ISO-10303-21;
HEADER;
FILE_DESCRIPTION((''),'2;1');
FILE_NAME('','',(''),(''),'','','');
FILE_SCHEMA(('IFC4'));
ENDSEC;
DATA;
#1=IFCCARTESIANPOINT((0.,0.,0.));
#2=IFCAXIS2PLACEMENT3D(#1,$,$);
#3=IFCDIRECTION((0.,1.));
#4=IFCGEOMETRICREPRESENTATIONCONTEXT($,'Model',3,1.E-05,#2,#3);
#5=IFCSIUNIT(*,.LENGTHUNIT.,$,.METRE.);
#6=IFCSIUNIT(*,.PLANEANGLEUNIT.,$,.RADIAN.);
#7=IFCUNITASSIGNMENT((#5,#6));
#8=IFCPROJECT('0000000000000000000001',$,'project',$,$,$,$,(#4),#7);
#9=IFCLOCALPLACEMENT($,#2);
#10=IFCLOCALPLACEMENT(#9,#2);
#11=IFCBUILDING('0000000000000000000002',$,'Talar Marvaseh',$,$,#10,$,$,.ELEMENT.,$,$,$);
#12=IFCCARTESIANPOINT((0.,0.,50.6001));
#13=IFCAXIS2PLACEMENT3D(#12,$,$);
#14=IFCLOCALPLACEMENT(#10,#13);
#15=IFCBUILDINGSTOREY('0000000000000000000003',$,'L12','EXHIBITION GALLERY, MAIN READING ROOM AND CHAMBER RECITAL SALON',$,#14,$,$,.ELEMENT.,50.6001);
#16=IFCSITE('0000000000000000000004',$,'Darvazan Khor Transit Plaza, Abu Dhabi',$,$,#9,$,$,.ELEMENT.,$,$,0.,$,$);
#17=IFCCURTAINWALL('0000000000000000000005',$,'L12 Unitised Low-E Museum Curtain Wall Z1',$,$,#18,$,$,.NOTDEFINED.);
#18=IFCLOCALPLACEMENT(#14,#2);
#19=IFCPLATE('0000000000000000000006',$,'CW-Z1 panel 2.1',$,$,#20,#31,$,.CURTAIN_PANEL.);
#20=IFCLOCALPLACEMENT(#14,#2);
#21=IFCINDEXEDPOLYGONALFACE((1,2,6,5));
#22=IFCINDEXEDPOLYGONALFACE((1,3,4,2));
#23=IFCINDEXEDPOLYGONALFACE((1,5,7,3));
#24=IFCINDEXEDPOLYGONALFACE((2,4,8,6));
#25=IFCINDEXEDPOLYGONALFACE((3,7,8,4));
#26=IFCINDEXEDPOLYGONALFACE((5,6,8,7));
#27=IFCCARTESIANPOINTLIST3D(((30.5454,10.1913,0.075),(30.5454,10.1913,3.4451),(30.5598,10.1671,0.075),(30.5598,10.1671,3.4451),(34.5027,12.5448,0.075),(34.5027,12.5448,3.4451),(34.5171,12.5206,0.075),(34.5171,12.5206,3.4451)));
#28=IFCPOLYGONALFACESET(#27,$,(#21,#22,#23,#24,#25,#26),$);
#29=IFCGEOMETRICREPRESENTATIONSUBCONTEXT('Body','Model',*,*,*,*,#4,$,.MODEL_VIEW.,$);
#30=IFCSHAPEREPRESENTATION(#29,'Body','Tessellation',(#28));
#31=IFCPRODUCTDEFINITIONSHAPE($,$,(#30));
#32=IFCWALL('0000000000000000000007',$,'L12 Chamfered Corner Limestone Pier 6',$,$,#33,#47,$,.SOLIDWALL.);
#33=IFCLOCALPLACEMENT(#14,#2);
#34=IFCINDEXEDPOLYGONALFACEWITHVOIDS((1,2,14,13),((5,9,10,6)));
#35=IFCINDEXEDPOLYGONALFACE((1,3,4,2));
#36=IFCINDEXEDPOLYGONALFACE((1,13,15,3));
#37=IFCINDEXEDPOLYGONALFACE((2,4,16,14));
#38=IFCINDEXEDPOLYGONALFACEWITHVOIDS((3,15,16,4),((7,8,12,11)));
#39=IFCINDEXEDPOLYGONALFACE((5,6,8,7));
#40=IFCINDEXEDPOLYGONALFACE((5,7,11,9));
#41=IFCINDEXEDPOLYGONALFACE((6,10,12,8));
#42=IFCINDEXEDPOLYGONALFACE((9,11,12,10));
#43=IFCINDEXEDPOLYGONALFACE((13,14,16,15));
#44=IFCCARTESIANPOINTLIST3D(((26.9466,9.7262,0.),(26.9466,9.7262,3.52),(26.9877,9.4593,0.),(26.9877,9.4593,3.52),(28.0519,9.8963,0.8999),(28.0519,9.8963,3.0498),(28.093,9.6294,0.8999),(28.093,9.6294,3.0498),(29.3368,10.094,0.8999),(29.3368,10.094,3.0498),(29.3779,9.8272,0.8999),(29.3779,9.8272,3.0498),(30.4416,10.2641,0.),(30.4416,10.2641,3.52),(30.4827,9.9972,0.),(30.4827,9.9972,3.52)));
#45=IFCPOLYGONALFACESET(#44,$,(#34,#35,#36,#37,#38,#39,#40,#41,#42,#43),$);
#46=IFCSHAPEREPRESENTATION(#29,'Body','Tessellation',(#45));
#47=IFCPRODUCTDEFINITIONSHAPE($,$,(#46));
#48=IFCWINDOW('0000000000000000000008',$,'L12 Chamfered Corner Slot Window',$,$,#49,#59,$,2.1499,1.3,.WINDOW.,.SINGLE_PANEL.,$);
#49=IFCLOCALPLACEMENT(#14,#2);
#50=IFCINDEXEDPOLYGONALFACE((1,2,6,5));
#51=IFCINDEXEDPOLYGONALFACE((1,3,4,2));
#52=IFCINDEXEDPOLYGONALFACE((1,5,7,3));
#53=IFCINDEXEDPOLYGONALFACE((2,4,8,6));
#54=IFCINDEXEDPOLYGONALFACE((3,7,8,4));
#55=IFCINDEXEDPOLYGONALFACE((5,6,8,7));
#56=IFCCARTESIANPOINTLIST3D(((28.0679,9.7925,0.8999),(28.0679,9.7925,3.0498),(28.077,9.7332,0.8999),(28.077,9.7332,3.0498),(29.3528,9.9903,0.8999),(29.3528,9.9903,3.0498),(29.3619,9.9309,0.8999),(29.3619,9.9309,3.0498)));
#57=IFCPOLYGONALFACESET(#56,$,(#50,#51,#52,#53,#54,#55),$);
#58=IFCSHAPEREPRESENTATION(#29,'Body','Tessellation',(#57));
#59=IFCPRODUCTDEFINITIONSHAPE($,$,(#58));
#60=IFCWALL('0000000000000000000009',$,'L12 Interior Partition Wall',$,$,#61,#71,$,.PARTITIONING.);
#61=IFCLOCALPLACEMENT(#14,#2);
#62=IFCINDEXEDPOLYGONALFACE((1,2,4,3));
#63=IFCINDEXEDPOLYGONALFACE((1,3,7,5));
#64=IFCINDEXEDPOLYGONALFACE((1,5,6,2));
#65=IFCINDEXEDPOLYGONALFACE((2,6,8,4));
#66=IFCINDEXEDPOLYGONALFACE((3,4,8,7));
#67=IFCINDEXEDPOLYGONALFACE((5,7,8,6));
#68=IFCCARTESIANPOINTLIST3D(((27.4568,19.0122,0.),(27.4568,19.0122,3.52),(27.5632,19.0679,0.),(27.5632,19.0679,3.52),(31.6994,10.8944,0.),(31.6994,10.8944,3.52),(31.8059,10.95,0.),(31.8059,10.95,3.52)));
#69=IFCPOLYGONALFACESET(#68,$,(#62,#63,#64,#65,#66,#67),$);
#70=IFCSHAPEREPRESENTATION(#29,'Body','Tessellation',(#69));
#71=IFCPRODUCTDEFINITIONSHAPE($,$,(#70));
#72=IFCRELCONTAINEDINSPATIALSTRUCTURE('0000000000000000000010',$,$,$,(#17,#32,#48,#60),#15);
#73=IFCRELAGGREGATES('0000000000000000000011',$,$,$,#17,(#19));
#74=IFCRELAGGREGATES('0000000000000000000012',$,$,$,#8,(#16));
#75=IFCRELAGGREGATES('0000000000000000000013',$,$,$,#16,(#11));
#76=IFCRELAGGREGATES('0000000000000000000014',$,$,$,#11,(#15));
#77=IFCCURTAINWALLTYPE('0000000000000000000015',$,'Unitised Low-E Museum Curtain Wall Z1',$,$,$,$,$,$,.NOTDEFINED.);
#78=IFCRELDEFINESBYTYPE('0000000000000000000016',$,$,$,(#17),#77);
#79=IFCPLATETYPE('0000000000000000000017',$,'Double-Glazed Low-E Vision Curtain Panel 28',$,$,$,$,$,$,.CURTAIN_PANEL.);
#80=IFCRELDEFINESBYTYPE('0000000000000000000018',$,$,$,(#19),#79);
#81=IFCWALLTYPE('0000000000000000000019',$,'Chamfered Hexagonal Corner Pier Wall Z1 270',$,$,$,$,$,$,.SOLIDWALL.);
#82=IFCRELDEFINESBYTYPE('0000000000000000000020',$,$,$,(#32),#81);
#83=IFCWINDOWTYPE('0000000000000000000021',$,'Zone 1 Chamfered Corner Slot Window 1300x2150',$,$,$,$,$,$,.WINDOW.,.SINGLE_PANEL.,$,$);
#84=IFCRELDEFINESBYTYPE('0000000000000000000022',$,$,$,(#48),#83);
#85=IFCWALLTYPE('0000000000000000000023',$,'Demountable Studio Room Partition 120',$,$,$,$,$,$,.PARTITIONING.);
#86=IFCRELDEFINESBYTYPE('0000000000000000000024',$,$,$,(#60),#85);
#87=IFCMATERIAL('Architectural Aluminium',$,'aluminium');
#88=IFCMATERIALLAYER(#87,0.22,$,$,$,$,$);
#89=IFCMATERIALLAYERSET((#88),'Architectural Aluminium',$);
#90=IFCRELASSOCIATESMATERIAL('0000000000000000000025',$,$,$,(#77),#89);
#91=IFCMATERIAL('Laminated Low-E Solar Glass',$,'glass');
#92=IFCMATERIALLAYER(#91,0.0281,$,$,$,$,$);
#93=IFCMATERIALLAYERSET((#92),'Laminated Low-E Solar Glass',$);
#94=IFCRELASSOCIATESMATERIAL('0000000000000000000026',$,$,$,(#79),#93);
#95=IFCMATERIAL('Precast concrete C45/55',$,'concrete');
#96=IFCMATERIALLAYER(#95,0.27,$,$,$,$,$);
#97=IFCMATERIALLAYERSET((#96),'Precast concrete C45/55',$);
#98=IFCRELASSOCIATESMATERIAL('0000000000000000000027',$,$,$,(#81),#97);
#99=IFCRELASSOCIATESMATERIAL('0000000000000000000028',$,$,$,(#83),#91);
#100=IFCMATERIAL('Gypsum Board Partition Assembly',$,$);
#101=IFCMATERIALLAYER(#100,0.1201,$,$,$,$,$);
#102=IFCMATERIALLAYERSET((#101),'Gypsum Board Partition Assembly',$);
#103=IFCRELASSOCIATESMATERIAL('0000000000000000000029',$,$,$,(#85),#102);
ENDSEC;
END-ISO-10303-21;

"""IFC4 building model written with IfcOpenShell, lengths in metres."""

from ifc_helpers import new_model, si_unit, direction, frame, frame_2d, origin, origin_2d, place, context, subcontext, project, spatial, rectangle, extrude, source, transform, mapped, material, layer, layer_set, type_object, type_shapes, element, fill, aggregate, save


model = new_model("IFC4")

# Units and contexts
model_context = context("Model", 3, precision=1e-05, world=origin(), true_north=direction((0.0, 1.0)))
body_context = subcontext(model_context, "Body", "Model", "MODEL_VIEW")
ifc_project = project(units=[si_unit("LENGTHUNIT", "METRE"), si_unit("PLANEANGLEUNIT", "RADIAN")], contexts=[model_context])

# Site, building, storey
site_placement = place(None, origin())
site = spatial("IfcSite", under=ifc_project, at=site_placement, Name="Darvazan Khor Transit Plaza, Abu Dhabi", CompositionType="ELEMENT", RefElevation=0.0)
building_placement = place(site_placement, origin())
building = spatial("IfcBuilding", under=site, at=building_placement, Name="Talar Marvaseh", CompositionType="ELEMENT")
storey_placement = place(building_placement, frame((0.0, 0.0, 50.6001)))
storey = spatial("IfcBuildingStorey", under=building, at=storey_placement, Name="L12", Description="EXHIBITION GALLERY, MAIN READING ROOM AND CHAMBER RECITAL SALON", CompositionType="ELEMENT", Elevation=50.6001)

# Curtain wall
ifc_material_1 = material(Name="Architectural Aluminium", Category="aluminium")
ifc_layer_1 = layer(ifc_material_1, 0.22)
ifc_layer_set_1 = layer_set([ifc_layer_1], Name="Architectural Aluminium")
curtain_wall_type = type_object("IfcCurtainWallType", Name="Unitised Low-E Museum Curtain Wall Z1", PredefinedType="NOTDEFINED", material=ifc_layer_set_1)
curtain_wall_1_placement = place(storey_placement, origin())
curtain_wall_1 = element("IfcCurtainWall", 1, at=curtain_wall_1_placement, inside=storey, type_object=curtain_wall_type, Name="L12 Unitised Low-E Museum Curtain Wall Z1", PredefinedType="NOTDEFINED")

# Shared definitions
ifc_material_2 = material(Name="Laminated Low-E Solar Glass", Category="glass")
ifc_layer_2 = layer(ifc_material_2, 0.0281)
ifc_layer_set_2 = layer_set([ifc_layer_2], Name="Laminated Low-E Solar Glass")
plate_type = type_object("IfcPlateType", Name="Double-Glazed Low-E Vision Curtain Panel 28", PredefinedType="CURTAIN_PANEL", material=ifc_layer_set_2)

# Plate
shared_shape_1 = source(origin(), body_context, "Body", "SweptSolid", [
    extrude(rectangle(XDim=4.6042, YDim=0.0281, at=origin_2d()), origin(), (0.0, 0.0, 1.0), 3.3701),
])
plate_1_placement = place(storey_placement, frame((32.5312, 11.356, 0.075), z_axis=(0.0, 0.0, 1.0), x_axis=(-0.859489, -0.511155, 0.0)))
plate_1 = element("IfcPlate", 2, at=plate_1_placement, type_object=plate_type, Name="CW-Z1 panel 2.1", PredefinedType="CURTAIN_PANEL", context=body_context, shape_type="MappedRepresentation", body=[
    mapped(shared_shape_1, transform((0.0, 0.0, 0.0), x_axis=(1.0, 0.0, 0.0), y_axis=(0.0, 1.0, 0.0), z_axis=(0.0, 0.0, 1.0), scale=1.0)),
])
aggregate(curtain_wall_1, [plate_1])

# Wall, opening, window
ifc_material_3 = material(Name="Precast concrete C45/55", Category="concrete")
ifc_layer_3 = layer(ifc_material_3, 0.27)
ifc_layer_set_3 = layer_set([ifc_layer_3], Name="Precast concrete C45/55")
wall_type_1 = type_object("IfcWallType", Name="Chamfered Hexagonal Corner Pier Wall Z1 270", PredefinedType="SOLIDWALL", material=ifc_layer_set_3)
wall_1_placement = place(storey_placement, frame((30.4622, 10.1306, 0.0), z_axis=(0.0, 0.0, 1.0), x_axis=(-0.988365, -0.152104, 0.0)))
wall_1 = element("IfcWall", 3, at=wall_1_placement, inside=storey, type_object=wall_type_1, Name="L12 Chamfered Corner Limestone Pier 6", PredefinedType="SOLIDWALL", context=body_context, shape_type="SweptSolid", body=[
    extrude(rectangle(XDim=3.5361, YDim=0.27, at=frame_2d((1.7681, 0.0))), origin(), (0.0, 0.0, 1.0), 3.52),
])
opening_placement = place(wall_1_placement, frame((1.1179, 0.0, 0.8999)))
opening = element("IfcOpeningElement", 4, at=opening_placement, cuts=wall_1, PredefinedType="OPENING", context=body_context, shape_type="SweptSolid", body=[
    extrude(rectangle(XDim=1.3, YDim=2.1499, at=frame_2d((0.6499, 1.075))), frame((0.0, 0.145, 0.0), z_axis=(0.0, -1.0, 0.0), x_axis=(1.0, 0.0, 0.0)), (0.0, 0.0, 1.0), 0.29),
])
window_type = type_object("IfcWindowType", Name="Zone 1 Chamfered Corner Slot Window 1300x2150", PartitioningType="SINGLE_PANEL", PredefinedType="WINDOW", material=ifc_material_2)
shared_shape_2 = source(origin(), body_context, "Body", "SweptSolid", [
    extrude(rectangle(XDim=1.3, YDim=2.1499, at=frame_2d((0.6499, 1.075))), frame((0.0, 0.03, 0.0), z_axis=(0.0, -1.0, 0.0), x_axis=(1.0, 0.0, 0.0)), (0.0, 0.0, 1.0), 0.0601),
])
type_shapes(window_type, [shared_shape_2])
window_placement = place(opening_placement, origin())
window = element("IfcWindow", 5, at=window_placement, inside=storey, type_object=window_type, Name="L12 Chamfered Corner Slot Window", OverallHeight=2.1499, OverallWidth=1.3, PartitioningType="SINGLE_PANEL", PredefinedType="WINDOW", context=body_context, shape_type="MappedRepresentation", body=[
    mapped(shared_shape_2, transform((0.0, 0.0, 0.0), x_axis=(1.0, 0.0, 0.0), y_axis=(0.0, 1.0, 0.0), z_axis=(0.0, 0.0, 1.0), scale=1.0)),
])
fill(opening, window)

# Wall
ifc_material_4 = material(Name="Gypsum Board Partition Assembly")
ifc_layer_4 = layer(ifc_material_4, 0.1201)
ifc_layer_set_4 = layer_set([ifc_layer_4], Name="Gypsum Board Partition Assembly")
wall_type_2 = type_object("IfcWallType", Name="Demountable Studio Room Partition 120", PredefinedType="PARTITIONING", material=ifc_layer_set_4)
wall_2_placement = place(storey_placement, frame((27.51, 19.04, 0.0), z_axis=(0.0, 0.0, 1.0), x_axis=(0.463187, -0.886261, 0.0)))
element("IfcWall", 6, at=wall_2_placement, inside=storey, type_object=wall_type_2, Name="L12 Interior Partition Wall", PredefinedType="PARTITIONING", context=body_context, shape_type="SweptSolid", body=[
    extrude(rectangle(XDim=9.1597, YDim=0.1201, at=frame_2d((4.5798, 0.0))), origin(), (0.0, 0.0, 1.0), 3.52),
])

save(model, "model.ifc")
